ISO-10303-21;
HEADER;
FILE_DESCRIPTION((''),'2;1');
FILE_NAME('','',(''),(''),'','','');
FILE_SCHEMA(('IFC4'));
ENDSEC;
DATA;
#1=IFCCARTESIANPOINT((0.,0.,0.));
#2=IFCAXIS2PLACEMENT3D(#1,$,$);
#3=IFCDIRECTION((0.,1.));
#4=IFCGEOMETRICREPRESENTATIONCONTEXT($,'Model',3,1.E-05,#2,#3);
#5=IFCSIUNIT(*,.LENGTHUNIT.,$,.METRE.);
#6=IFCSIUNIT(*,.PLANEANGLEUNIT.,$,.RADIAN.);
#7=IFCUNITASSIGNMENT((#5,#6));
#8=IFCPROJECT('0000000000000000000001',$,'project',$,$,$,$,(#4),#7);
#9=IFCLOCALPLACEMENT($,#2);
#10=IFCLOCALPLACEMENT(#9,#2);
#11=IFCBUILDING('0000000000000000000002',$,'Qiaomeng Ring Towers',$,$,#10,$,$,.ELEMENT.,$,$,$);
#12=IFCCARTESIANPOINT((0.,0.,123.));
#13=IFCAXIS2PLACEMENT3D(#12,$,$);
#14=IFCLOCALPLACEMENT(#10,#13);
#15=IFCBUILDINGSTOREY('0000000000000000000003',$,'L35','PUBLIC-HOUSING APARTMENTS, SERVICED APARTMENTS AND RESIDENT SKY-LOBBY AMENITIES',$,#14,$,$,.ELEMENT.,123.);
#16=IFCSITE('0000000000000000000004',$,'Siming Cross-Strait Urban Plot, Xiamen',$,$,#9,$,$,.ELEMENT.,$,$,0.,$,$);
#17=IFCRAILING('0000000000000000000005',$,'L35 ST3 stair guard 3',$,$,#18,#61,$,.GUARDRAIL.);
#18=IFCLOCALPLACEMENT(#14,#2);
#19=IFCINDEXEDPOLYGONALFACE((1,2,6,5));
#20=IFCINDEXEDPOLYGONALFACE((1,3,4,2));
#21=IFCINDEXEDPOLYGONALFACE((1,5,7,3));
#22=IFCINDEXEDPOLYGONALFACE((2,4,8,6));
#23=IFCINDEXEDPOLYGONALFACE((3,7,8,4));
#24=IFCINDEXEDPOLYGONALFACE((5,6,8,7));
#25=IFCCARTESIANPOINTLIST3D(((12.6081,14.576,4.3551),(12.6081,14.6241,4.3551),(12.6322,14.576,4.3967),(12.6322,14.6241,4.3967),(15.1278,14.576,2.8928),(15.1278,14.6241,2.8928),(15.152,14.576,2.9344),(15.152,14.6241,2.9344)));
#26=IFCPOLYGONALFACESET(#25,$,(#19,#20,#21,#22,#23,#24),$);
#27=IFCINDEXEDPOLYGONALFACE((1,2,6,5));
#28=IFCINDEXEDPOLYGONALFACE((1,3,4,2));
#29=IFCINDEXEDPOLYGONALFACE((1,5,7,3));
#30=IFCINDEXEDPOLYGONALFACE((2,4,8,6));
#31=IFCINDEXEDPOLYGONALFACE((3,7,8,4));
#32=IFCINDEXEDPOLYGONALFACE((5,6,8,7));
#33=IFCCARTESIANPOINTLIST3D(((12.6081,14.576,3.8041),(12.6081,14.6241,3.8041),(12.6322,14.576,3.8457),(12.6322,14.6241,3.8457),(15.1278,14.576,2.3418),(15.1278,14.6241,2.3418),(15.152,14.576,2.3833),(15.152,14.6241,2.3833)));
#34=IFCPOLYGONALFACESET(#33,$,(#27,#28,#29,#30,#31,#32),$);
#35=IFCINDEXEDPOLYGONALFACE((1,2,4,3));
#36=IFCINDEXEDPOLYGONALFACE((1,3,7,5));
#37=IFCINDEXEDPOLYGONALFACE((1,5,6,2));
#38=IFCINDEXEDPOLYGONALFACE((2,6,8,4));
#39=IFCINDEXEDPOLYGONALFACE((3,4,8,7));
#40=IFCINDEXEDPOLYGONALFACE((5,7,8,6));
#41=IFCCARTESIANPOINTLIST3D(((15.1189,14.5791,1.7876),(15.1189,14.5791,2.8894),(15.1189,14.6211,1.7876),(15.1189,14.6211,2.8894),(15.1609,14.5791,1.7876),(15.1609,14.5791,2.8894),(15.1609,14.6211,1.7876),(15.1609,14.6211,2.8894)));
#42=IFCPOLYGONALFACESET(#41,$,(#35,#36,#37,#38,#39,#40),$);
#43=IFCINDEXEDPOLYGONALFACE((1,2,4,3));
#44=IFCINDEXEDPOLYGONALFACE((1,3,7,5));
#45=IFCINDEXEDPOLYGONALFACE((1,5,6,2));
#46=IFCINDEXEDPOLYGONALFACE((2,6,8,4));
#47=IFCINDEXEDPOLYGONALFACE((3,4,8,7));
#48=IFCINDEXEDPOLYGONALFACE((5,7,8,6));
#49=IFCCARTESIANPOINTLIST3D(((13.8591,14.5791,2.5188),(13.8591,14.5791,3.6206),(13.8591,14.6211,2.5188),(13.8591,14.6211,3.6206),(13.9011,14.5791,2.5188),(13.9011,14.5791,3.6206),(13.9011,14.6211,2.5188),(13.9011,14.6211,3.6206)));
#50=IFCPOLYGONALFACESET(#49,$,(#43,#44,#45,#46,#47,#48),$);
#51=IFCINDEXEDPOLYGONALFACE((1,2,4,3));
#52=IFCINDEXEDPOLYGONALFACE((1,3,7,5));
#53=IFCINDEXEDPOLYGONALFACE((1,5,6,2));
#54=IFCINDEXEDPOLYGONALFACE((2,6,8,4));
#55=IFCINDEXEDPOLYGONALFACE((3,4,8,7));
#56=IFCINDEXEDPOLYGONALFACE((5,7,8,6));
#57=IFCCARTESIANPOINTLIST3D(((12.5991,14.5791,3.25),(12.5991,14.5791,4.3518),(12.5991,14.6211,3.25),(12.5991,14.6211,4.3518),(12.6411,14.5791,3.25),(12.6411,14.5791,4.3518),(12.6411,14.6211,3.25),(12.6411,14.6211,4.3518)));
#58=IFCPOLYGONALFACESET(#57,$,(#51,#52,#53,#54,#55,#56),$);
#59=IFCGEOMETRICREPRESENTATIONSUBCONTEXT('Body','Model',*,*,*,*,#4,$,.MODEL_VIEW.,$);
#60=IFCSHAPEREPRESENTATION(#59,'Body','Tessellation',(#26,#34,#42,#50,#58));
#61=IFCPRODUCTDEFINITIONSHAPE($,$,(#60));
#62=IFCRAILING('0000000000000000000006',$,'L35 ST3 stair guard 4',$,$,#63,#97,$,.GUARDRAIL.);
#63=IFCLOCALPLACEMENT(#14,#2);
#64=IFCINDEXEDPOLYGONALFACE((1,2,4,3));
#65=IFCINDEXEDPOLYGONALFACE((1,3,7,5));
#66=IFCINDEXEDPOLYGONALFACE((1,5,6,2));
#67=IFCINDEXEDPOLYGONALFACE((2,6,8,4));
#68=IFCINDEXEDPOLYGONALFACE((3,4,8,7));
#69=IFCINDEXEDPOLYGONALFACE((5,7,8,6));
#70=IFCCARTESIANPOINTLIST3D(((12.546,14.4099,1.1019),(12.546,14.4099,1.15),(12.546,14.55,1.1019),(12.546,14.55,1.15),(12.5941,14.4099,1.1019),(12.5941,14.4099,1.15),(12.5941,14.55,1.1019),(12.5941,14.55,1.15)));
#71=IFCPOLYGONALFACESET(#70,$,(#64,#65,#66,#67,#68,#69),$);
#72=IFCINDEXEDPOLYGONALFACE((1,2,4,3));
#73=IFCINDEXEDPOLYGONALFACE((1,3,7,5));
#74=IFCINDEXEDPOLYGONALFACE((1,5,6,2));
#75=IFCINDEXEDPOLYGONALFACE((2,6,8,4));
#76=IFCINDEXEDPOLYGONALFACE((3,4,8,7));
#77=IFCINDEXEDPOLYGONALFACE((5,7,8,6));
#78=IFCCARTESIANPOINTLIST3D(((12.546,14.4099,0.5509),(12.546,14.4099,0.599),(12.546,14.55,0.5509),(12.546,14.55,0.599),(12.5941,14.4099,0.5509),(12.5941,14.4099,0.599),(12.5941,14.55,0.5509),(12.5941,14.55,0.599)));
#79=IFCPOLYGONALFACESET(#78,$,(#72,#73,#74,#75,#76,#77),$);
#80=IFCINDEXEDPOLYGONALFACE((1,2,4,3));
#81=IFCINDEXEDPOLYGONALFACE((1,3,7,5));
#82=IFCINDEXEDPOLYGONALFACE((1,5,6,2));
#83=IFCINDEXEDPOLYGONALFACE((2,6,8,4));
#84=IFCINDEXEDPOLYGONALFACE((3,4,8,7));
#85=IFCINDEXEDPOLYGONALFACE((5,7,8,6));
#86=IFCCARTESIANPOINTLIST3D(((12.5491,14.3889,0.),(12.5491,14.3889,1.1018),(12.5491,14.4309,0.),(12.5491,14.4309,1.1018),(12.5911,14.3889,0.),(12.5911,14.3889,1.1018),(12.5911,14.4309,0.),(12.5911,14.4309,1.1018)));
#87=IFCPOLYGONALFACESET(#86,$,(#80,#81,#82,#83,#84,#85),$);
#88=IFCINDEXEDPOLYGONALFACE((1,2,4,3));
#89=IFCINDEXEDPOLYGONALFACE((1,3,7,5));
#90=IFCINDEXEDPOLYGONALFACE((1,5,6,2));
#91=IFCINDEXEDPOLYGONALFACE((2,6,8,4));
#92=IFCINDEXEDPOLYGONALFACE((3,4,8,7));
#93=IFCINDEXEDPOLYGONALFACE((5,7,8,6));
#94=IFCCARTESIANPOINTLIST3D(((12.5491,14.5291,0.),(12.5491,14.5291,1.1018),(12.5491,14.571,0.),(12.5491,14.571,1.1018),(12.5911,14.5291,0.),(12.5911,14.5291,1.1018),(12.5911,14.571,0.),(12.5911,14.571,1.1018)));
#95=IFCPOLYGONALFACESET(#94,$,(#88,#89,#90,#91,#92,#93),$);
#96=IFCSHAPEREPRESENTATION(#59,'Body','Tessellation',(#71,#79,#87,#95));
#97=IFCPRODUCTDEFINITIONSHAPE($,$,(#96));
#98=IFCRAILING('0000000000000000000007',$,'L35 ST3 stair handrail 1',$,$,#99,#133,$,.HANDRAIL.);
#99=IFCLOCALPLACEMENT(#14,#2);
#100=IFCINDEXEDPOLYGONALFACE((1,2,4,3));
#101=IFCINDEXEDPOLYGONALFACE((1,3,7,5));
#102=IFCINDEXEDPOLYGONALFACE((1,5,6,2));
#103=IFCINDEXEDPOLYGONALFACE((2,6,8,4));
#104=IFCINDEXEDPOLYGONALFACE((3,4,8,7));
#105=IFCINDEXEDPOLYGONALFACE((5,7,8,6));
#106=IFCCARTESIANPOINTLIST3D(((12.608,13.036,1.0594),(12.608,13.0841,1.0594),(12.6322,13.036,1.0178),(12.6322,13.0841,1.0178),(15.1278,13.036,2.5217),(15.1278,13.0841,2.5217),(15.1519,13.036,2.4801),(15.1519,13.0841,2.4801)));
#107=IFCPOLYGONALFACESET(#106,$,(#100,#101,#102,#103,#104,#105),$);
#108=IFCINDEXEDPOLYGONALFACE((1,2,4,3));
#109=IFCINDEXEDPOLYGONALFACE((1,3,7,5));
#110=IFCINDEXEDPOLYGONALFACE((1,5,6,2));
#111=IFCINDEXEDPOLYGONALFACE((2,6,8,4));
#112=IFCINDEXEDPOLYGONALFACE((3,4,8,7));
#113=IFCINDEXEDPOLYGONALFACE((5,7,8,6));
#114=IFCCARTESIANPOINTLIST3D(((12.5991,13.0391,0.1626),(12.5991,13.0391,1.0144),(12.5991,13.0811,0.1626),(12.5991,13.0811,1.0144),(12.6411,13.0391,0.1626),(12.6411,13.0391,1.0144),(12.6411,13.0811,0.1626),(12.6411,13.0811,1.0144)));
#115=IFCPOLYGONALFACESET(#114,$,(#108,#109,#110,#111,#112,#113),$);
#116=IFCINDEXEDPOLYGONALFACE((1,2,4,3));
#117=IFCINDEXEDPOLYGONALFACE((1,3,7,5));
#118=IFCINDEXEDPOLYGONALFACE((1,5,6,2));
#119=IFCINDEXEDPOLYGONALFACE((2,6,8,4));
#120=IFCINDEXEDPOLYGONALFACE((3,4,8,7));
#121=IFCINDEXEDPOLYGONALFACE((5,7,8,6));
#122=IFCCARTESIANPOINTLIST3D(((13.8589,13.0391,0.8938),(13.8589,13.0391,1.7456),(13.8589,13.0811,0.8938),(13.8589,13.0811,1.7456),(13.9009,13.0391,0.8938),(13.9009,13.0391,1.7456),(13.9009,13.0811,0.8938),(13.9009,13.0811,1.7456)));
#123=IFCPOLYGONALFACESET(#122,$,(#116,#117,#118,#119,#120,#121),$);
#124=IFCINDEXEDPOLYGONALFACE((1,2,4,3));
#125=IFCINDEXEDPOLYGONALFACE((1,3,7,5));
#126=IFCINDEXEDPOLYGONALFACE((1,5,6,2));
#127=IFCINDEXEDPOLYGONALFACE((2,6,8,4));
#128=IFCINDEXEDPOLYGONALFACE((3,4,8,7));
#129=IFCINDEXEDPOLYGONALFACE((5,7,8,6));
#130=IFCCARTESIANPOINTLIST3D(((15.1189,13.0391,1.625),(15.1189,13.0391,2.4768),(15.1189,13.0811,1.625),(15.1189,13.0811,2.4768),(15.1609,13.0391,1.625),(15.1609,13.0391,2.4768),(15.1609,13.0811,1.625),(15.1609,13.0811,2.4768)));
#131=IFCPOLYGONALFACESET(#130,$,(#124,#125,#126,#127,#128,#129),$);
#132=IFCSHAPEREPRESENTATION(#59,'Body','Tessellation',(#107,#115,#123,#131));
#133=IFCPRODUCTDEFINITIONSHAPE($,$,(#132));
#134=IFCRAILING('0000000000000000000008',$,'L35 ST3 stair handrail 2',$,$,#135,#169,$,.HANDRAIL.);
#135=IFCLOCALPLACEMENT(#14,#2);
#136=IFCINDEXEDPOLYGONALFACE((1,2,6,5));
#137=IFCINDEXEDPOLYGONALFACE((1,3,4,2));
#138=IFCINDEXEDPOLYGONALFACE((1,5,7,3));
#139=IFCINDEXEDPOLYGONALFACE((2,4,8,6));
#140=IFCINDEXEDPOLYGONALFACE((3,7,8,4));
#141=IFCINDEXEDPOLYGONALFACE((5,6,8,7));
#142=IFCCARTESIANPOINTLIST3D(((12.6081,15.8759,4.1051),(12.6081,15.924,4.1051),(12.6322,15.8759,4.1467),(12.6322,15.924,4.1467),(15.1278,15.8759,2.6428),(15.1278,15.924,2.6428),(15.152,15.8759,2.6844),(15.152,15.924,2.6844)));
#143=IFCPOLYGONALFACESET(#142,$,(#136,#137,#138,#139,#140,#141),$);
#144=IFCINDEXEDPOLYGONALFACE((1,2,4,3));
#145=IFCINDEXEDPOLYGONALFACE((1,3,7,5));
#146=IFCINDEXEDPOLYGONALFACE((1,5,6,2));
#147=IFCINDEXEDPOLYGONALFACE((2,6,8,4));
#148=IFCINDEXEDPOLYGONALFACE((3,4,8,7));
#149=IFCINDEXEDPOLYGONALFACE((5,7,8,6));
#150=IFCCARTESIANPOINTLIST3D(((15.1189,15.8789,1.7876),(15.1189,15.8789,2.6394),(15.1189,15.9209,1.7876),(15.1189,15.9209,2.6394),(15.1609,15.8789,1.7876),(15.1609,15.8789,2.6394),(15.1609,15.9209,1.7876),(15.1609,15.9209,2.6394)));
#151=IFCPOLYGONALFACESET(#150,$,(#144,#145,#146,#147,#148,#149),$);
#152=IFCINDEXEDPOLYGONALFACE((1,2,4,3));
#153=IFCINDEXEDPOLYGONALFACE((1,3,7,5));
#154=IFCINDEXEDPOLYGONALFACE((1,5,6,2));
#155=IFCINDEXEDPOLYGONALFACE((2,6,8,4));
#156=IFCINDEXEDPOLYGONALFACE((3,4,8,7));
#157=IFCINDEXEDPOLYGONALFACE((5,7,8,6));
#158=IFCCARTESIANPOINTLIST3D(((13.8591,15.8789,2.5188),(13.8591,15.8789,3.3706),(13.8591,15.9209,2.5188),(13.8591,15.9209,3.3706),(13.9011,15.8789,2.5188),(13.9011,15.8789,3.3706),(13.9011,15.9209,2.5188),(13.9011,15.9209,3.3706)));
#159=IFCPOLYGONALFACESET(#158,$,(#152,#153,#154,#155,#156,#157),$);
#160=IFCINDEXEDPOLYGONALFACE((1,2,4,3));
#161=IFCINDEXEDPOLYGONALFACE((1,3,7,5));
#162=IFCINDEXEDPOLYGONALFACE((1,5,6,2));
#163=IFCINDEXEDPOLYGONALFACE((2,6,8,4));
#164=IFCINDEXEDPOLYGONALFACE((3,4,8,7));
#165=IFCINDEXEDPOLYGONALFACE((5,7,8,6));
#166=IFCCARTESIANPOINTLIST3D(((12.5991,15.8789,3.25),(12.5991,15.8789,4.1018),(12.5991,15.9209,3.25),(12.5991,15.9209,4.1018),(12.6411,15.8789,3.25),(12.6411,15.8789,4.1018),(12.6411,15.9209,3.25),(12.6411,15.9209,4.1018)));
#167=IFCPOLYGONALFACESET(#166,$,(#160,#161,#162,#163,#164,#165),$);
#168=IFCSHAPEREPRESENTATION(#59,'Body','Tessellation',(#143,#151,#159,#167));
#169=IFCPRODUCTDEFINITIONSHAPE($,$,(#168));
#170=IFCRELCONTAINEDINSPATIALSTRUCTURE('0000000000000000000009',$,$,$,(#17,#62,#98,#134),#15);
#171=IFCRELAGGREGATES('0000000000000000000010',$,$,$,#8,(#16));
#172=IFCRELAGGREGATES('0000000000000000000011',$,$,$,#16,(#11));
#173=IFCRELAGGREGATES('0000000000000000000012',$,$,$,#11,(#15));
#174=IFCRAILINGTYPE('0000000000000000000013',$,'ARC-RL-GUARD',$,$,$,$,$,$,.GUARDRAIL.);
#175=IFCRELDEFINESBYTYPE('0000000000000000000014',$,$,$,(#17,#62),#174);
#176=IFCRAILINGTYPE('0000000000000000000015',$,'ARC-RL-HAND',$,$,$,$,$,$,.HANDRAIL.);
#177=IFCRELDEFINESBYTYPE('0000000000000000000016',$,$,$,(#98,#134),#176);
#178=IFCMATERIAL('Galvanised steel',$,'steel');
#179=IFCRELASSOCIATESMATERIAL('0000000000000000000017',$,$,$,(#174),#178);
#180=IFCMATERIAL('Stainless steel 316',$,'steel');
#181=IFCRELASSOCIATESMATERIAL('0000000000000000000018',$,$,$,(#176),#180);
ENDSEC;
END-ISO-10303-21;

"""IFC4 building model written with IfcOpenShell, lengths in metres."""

from ifc_helpers import new_model, si_unit, direction, frame, origin, origin_2d, place, context, subcontext, project, spatial, rectangle, extrude, material, type_object, element, save


model = new_model("IFC4")

# Units and contexts
model_context = context("Model", 3, precision=1e-05, world=origin(), true_north=direction((0.0, 1.0)))
body_context = subcontext(model_context, "Body", "Model", "MODEL_VIEW")
ifc_project = project(units=[si_unit("LENGTHUNIT", "METRE"), si_unit("PLANEANGLEUNIT", "RADIAN")], contexts=[model_context])

# Site, building, storey
site_placement = place(None, origin())
site = spatial("IfcSite", under=ifc_project, at=site_placement, Name="Siming Cross-Strait Urban Plot, Xiamen", CompositionType="ELEMENT", RefElevation=0.0)
building_placement = place(site_placement, origin())
building = spatial("IfcBuilding", under=site, at=building_placement, Name="Qiaomeng Ring Towers", CompositionType="ELEMENT")
storey_placement = place(building_placement, frame((0.0, 0.0, 123.0)))
storey = spatial("IfcBuildingStorey", under=building, at=storey_placement, Name="L35", Description="PUBLIC-HOUSING APARTMENTS, SERVICED APARTMENTS AND RESIDENT SKY-LOBBY AMENITIES", CompositionType="ELEMENT", Elevation=123.0)

# Shared definitions
ifc_material_1 = material(Name="Galvanised steel", Category="steel")

# Railings
railing_type_1 = type_object("IfcRailingType", Name="ARC-RL-GUARD", PredefinedType="GUARDRAIL", material=ifc_material_1)
railing_1_placement = place(storey_placement, frame((15.1399, 14.6001, 1.7876)))
element("IfcRailing", 1, at=railing_1_placement, inside=storey, type_object=railing_type_1, Name="L35 ST3 stair guard 3", PredefinedType="GUARDRAIL", context=body_context, shape_type="SweptSolid", body=[
    extrude(rectangle(XDim=0.0481, YDim=0.0481, at=origin_2d()), frame((0.0, 0.0, 1.126), z_axis=(-0.864892, 0.0, 0.501958), x_axis=(0.0, -1.0, 0.0)), (0.0, 0.0, 1.0), 2.9133),
    extrude(rectangle(XDim=0.0481, YDim=0.0481, at=origin_2d()), frame((0.0, 0.0, 0.575), z_axis=(-0.864892, 0.0, 0.501958), x_axis=(0.0, -1.0, 0.0)), (0.0, 0.0, 1.0), 2.9133),
    extrude(rectangle(XDim=0.042, YDim=0.042, at=origin_2d()), origin(), (0.0, 0.0, 1.0), 1.1018),
    extrude(rectangle(XDim=0.042, YDim=0.042, at=origin_2d()), frame((-1.2598, 0.0, 0.7312)), (0.0, 0.0, 1.0), 1.1018),
    extrude(rectangle(XDim=0.042, YDim=0.042, at=origin_2d()), frame((-2.5198, 0.0, 1.4624)), (0.0, 0.0, 1.0), 1.1018),
])
railing_2_placement = place(storey_placement, frame((12.5701, 14.4099, 0.0)))
element("IfcRailing", 2, at=railing_2_placement, inside=storey, type_object=railing_type_1, Name="L35 ST3 stair guard 4", PredefinedType="GUARDRAIL", context=body_context, shape_type="SweptSolid", body=[
    extrude(rectangle(XDim=0.0481, YDim=0.0481, at=origin_2d()), frame((0.0, 0.0, 1.126), z_axis=(0.0, 1.0, 0.0), x_axis=(-1.0, 0.0, 0.0)), (0.0, 0.0, 1.0), 0.1401),
    extrude(rectangle(XDim=0.0481, YDim=0.0481, at=origin_2d()), frame((0.0, 0.0, 0.575), z_axis=(0.0, 1.0, 0.0), x_axis=(-1.0, 0.0, 0.0)), (0.0, 0.0, 1.0), 0.1401),
    extrude(rectangle(XDim=0.042, YDim=0.042, at=origin_2d()), origin(), (0.0, 0.0, 1.0), 1.1018),
    extrude(rectangle(XDim=0.042, YDim=0.042, at=origin_2d()), frame((0.0, 0.1401, 0.0)), (0.0, 0.0, 1.0), 1.1018),
])
ifc_material_2 = material(Name="Stainless steel 316", Category="steel")
railing_type_2 = type_object("IfcRailingType", Name="ARC-RL-HAND", PredefinedType="HANDRAIL", material=ifc_material_2)
railing_3_placement = place(storey_placement, frame((12.6201, 13.0601, 0.1626)))
element("IfcRailing", 3, at=railing_3_placement, inside=storey, type_object=railing_type_2, Name="L35 ST3 stair handrail 1", PredefinedType="HANDRAIL", context=body_context, shape_type="SweptSolid", body=[
    extrude(rectangle(XDim=0.0481, YDim=0.0481, at=origin_2d()), frame((0.0, 0.0, 0.876), z_axis=(0.864892, 0.0, 0.501958), x_axis=(0.0, 1.0, 0.0)), (0.0, 0.0, 1.0), 2.9133),
    extrude(rectangle(XDim=0.042, YDim=0.042, at=origin_2d()), origin(), (0.0, 0.0, 1.0), 0.8518),
    extrude(rectangle(XDim=0.042, YDim=0.042, at=origin_2d()), frame((1.2598, 0.0, 0.7312)), (0.0, 0.0, 1.0), 0.8518),
    extrude(rectangle(XDim=0.042, YDim=0.042, at=origin_2d()), frame((2.5198, 0.0, 1.4624)), (0.0, 0.0, 1.0), 0.8518),
])
railing_4_placement = place(storey_placement, frame((15.1399, 15.8999, 1.7876)))
element("IfcRailing", 4, at=railing_4_placement, inside=storey, type_object=railing_type_2, Name="L35 ST3 stair handrail 2", PredefinedType="HANDRAIL", context=body_context, shape_type="SweptSolid", body=[
    extrude(rectangle(XDim=0.0481, YDim=0.0481, at=origin_2d()), frame((0.0, 0.0, 0.876), z_axis=(-0.864892, 0.0, 0.501958), x_axis=(0.0, -1.0, 0.0)), (0.0, 0.0, 1.0), 2.9133),
    extrude(rectangle(XDim=0.042, YDim=0.042, at=origin_2d()), origin(), (0.0, 0.0, 1.0), 0.8518),
    extrude(rectangle(XDim=0.042, YDim=0.042, at=origin_2d()), frame((-1.2598, 0.0, 0.7312)), (0.0, 0.0, 1.0), 0.8518),
    extrude(rectangle(XDim=0.042, YDim=0.042, at=origin_2d()), frame((-2.5198, 0.0, 1.4624)), (0.0, 0.0, 1.0), 0.8518),
])

save(model, "model.ifc")
